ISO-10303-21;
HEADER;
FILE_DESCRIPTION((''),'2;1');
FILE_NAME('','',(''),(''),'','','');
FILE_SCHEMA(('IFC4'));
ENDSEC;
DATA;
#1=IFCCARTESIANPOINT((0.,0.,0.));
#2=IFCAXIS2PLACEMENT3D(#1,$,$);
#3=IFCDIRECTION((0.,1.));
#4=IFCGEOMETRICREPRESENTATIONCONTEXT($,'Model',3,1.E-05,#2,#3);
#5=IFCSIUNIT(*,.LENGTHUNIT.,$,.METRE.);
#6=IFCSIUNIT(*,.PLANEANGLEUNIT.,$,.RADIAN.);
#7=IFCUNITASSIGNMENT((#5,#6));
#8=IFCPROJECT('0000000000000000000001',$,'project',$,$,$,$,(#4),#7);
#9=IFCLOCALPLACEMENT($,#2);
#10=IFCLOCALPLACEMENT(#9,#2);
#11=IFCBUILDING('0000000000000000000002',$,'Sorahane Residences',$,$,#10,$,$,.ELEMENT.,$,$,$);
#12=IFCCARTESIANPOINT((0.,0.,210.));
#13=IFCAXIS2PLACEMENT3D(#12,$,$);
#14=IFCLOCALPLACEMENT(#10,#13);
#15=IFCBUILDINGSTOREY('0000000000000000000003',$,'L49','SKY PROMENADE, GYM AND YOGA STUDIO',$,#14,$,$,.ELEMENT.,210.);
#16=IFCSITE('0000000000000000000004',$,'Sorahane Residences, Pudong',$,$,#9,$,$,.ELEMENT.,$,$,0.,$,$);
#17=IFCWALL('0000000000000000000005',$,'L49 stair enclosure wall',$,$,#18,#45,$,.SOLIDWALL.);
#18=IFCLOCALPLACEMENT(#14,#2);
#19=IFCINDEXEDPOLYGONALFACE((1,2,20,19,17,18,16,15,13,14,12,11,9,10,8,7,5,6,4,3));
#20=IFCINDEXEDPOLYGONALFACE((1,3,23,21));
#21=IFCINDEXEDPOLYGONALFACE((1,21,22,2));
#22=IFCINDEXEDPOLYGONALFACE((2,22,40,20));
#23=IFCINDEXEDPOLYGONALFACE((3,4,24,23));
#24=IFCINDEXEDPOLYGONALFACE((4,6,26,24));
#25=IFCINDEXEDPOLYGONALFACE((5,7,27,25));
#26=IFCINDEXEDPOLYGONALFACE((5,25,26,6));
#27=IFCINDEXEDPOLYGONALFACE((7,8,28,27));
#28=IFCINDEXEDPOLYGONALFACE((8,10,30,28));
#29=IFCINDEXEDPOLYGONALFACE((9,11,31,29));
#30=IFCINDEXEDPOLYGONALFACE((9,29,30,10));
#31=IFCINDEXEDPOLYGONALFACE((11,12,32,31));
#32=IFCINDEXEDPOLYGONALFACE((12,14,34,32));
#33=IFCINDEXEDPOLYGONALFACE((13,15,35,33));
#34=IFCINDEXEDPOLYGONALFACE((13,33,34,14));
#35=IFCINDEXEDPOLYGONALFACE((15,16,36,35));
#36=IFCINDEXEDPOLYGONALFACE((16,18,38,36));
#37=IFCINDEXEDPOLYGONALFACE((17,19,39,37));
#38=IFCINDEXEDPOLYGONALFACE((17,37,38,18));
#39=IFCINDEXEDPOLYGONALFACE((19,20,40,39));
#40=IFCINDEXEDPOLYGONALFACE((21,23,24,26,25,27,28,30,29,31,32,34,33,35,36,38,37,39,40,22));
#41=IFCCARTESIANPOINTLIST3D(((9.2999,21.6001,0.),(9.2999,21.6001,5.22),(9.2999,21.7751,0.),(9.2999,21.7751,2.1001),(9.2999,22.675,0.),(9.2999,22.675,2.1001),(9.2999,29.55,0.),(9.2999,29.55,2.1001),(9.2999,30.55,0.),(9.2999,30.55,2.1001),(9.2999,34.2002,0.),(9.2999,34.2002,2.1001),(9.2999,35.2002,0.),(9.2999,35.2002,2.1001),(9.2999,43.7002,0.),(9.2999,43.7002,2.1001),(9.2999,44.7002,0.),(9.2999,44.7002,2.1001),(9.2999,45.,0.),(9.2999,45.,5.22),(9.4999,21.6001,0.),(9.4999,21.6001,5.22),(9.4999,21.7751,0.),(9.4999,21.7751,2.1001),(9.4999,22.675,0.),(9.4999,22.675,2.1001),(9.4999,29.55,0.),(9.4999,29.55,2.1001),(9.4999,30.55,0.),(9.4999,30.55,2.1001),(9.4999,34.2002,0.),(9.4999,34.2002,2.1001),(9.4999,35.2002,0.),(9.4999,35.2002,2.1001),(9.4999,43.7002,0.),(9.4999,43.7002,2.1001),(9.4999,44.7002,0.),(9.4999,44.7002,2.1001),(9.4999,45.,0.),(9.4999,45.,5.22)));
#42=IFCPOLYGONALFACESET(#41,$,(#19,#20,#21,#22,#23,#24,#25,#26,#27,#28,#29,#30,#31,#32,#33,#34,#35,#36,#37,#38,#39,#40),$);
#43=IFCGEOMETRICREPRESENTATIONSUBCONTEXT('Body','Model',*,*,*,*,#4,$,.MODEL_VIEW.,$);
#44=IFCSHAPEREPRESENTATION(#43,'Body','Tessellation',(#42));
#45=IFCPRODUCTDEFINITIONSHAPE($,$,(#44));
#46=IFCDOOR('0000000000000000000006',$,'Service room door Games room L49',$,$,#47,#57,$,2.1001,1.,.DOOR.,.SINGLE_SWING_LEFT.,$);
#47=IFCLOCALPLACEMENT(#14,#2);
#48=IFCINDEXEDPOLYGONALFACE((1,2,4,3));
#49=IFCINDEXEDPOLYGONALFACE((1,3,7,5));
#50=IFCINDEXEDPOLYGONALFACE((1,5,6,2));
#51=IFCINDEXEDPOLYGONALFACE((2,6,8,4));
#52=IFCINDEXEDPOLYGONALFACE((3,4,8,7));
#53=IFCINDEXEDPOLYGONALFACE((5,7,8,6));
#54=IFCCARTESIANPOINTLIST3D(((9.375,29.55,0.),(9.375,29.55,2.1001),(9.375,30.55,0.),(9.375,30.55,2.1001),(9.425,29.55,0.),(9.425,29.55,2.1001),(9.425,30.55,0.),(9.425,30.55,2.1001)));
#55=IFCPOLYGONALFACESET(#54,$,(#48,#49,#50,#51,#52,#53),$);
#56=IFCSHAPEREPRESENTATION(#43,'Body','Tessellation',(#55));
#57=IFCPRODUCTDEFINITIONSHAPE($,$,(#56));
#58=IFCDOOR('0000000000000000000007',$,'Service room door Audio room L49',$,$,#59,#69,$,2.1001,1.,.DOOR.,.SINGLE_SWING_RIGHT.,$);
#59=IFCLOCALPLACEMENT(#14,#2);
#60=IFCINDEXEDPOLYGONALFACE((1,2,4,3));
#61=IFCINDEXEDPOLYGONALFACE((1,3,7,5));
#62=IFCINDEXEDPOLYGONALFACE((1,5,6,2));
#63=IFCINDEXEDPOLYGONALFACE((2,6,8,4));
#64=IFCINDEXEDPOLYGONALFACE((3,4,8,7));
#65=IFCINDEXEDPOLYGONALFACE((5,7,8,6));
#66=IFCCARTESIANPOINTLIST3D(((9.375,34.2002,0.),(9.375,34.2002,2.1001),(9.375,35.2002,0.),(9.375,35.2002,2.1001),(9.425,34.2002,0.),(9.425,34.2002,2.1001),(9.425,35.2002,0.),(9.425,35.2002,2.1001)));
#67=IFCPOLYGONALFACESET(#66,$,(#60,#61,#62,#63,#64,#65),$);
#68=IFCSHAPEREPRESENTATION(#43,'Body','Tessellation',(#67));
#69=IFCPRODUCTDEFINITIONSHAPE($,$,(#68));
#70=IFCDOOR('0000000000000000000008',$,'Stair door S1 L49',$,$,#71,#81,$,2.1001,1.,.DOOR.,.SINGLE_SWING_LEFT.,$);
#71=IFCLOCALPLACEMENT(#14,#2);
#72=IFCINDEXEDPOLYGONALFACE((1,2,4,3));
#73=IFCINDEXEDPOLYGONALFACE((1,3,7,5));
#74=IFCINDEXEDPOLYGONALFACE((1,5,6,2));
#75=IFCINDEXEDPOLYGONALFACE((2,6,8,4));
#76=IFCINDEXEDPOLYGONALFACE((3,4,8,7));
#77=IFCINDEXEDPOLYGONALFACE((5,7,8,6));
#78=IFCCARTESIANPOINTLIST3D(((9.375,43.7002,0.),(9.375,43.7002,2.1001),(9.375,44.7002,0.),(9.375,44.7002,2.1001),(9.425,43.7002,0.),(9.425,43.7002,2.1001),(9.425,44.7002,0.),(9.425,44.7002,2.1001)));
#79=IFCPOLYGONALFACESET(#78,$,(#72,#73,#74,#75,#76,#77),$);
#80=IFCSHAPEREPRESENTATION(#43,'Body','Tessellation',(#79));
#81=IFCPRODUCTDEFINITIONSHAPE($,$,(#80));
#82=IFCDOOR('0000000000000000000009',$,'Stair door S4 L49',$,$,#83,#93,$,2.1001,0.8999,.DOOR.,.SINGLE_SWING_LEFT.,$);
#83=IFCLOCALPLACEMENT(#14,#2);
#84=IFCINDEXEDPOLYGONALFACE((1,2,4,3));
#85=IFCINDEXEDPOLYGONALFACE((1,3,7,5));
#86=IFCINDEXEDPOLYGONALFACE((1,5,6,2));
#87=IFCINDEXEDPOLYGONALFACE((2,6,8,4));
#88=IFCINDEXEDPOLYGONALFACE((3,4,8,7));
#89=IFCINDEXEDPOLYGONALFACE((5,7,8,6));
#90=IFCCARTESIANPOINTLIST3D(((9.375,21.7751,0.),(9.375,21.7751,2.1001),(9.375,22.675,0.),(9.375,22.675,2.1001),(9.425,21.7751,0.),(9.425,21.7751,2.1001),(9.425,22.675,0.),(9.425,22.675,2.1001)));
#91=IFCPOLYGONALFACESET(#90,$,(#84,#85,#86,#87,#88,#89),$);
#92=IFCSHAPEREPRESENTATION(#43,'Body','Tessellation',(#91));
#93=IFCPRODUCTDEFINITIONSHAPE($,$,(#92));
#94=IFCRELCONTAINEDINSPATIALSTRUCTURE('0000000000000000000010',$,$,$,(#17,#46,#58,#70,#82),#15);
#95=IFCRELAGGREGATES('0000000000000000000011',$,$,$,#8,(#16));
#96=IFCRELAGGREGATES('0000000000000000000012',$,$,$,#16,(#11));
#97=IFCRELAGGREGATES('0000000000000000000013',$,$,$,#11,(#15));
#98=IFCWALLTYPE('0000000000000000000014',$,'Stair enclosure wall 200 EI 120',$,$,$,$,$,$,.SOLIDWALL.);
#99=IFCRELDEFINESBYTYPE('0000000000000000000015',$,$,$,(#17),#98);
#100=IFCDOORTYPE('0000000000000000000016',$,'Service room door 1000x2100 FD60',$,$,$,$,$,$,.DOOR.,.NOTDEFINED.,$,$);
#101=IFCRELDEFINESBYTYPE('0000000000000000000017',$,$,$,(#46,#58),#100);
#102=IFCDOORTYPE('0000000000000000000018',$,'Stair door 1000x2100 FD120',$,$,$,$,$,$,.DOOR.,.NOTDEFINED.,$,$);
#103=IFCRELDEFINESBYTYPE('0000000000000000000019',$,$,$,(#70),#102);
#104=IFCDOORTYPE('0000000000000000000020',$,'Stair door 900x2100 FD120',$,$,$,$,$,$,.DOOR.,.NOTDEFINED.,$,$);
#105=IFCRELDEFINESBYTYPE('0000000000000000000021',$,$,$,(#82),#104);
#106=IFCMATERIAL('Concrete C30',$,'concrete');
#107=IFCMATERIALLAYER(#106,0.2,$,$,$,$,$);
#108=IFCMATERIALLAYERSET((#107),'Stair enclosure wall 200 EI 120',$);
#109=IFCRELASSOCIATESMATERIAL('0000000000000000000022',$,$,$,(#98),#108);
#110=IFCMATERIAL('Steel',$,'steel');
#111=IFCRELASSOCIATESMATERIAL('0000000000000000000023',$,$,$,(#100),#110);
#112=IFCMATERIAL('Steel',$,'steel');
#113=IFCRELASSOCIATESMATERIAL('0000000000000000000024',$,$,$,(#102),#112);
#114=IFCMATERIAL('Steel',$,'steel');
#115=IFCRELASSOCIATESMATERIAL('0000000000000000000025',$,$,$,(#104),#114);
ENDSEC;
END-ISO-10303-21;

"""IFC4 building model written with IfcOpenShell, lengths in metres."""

from ifc_helpers import new_model, si_unit, direction, frame, frame_2d, origin, place, context, subcontext, project, spatial, rectangle, extrude, material, layer, layer_set, type_object, element, fill, save


model = new_model("IFC4")

# Units and contexts
model_context = context("Model", 3, precision=1e-05, world=origin(), true_north=direction((0.0, 1.0)))
body_context = subcontext(model_context, "Body", "Model", "MODEL_VIEW")
ifc_project = project(units=[si_unit("LENGTHUNIT", "METRE"), si_unit("PLANEANGLEUNIT", "RADIAN")], contexts=[model_context])

# Site, building, storey
site_placement = place(None, origin())
site = spatial("IfcSite", under=ifc_project, at=site_placement, Name="Sorahane Residences, Pudong", CompositionType="ELEMENT", RefElevation=0.0)
building_placement = place(site_placement, origin())
building = spatial("IfcBuilding", under=site, at=building_placement, Name="Sorahane Residences", CompositionType="ELEMENT")
storey_placement = place(building_placement, frame((0.0, 0.0, 210.0)))
storey = spatial("IfcBuildingStorey", under=building, at=storey_placement, Name="L49", Description="SKY PROMENADE, GYM AND YOGA STUDIO", CompositionType="ELEMENT", Elevation=210.0)

# Wall, openings, doors
ifc_material_1 = material(Name="Concrete C30", Category="concrete")
ifc_layer_1 = layer(ifc_material_1, 0.2)
ifc_layer_set_1 = layer_set([ifc_layer_1], Name="Stair enclosure wall 200 EI 120")
wall_type_1 = type_object("IfcWallType", Name="Stair enclosure wall 200 EI 120", PredefinedType="SOLIDWALL", material=ifc_layer_set_1)
wall_1_placement = place(storey_placement, frame((9.3999, 21.6001, 0.0), z_axis=(0.0, 0.0, 1.0), x_axis=(0.0, 1.0, 0.0)))
wall_1 = element("IfcWall", 1, at=wall_1_placement, inside=storey, type_object=wall_type_1, Name="L49 stair enclosure wall", PredefinedType="SOLIDWALL", context=body_context, shape_type="SweptSolid", body=[
    extrude(rectangle(XDim=23.3999, YDim=0.2, at=frame_2d((11.7, 0.0))), origin(), (0.0, 0.0, 1.0), 5.22),
])
opening_1_placement = place(wall_1_placement, frame((7.95, 0.0, 0.0)))
opening_1 = element("IfcOpeningElement", 2, at=opening_1_placement, cuts=wall_1, PredefinedType="OPENING", context=body_context, shape_type="SweptSolid", body=[
    extrude(rectangle(XDim=1.0, YDim=2.1001, at=frame_2d((0.5, 1.05))), frame((0.0, 0.1099, 0.0), z_axis=(0.0, -1.0, 0.0), x_axis=(1.0, 0.0, 0.0)), (0.0, 0.0, 1.0), 0.22),
])
opening_2_placement = place(wall_1_placement, frame((12.6001, 0.0, 0.0)))
opening_2 = element("IfcOpeningElement", 3, at=opening_2_placement, cuts=wall_1, PredefinedType="OPENING", context=body_context, shape_type="SweptSolid", body=[
    extrude(rectangle(XDim=1.0, YDim=2.1001, at=frame_2d((0.5, 1.05))), frame((0.0, 0.1099, 0.0), z_axis=(0.0, -1.0, 0.0), x_axis=(1.0, 0.0, 0.0)), (0.0, 0.0, 1.0), 0.22),
])
opening_3_placement = place(wall_1_placement, frame((22.1001, 0.0, 0.0)))
opening_3 = element("IfcOpeningElement", 4, at=opening_3_placement, cuts=wall_1, PredefinedType="OPENING", context=body_context, shape_type="SweptSolid", body=[
    extrude(rectangle(XDim=1.0, YDim=2.1001, at=frame_2d((0.5, 1.05))), frame((0.0, 0.1099, 0.0), z_axis=(0.0, -1.0, 0.0), x_axis=(1.0, 0.0, 0.0)), (0.0, 0.0, 1.0), 0.22),
])
opening_4_placement = place(wall_1_placement, frame((0.175, 0.0, 0.0)))
opening_4 = element("IfcOpeningElement", 5, at=opening_4_placement, cuts=wall_1, PredefinedType="OPENING", context=body_context, shape_type="SweptSolid", body=[
    extrude(rectangle(XDim=0.8999, YDim=2.1001, at=frame_2d((0.45, 1.05))), frame((0.0, 0.1099, 0.0), z_axis=(0.0, -1.0, 0.0), x_axis=(1.0, 0.0, 0.0)), (0.0, 0.0, 1.0), 0.22),
])
ifc_material_2 = material(Name="Steel", Category="steel")
door_type_1 = type_object("IfcDoorType", Name="Service room door 1000x2100 FD60", OperationType="NOTDEFINED", PredefinedType="DOOR", material=ifc_material_2)
door_1_placement = place(opening_1_placement, origin())
door_1 = element("IfcDoor", 6, at=door_1_placement, inside=storey, type_object=door_type_1, Name="Service room door Games room L49", OperationType="SINGLE_SWING_LEFT", OverallHeight=2.1001, OverallWidth=1.0, PredefinedType="DOOR", context=body_context, shape_type="SweptSolid", body=[
    extrude(rectangle(XDim=1.0, YDim=2.1001, at=frame_2d((0.5, 1.05))), frame((0.0, 0.0249, 0.0), z_axis=(0.0, -1.0, 0.0), x_axis=(1.0, 0.0, 0.0)), (0.0, 0.0, 1.0), 0.05),
])
fill(opening_1, door_1)
door_2_placement = place(opening_2_placement, origin())
door_2 = element("IfcDoor", 7, at=door_2_placement, inside=storey, type_object=door_type_1, Name="Service room door Audio room L49", OperationType="SINGLE_SWING_RIGHT", OverallHeight=2.1001, OverallWidth=1.0, PredefinedType="DOOR", context=body_context, shape_type="SweptSolid", body=[
    extrude(rectangle(XDim=1.0, YDim=2.1001, at=frame_2d((0.5, 1.05))), frame((0.0, 0.0249, 0.0), z_axis=(0.0, -1.0, 0.0), x_axis=(1.0, 0.0, 0.0)), (0.0, 0.0, 1.0), 0.05),
])
fill(opening_2, door_2)
ifc_material_3 = material(Name="Steel", Category="steel")
door_type_2 = type_object("IfcDoorType", Name="Stair door 1000x2100 FD120", OperationType="NOTDEFINED", PredefinedType="DOOR", material=ifc_material_3)
door_3_placement = place(opening_3_placement, origin())
door_3 = element("IfcDoor", 8, at=door_3_placement, inside=storey, type_object=door_type_2, Name="Stair door S1 L49", OperationType="SINGLE_SWING_LEFT", OverallHeight=2.1001, OverallWidth=1.0, PredefinedType="DOOR", context=body_context, shape_type="SweptSolid", body=[
    extrude(rectangle(XDim=1.0, YDim=2.1001, at=frame_2d((0.5, 1.05))), frame((0.0, 0.0249, 0.0), z_axis=(0.0, -1.0, 0.0), x_axis=(1.0, 0.0, 0.0)), (0.0, 0.0, 1.0), 0.05),
])
fill(opening_3, door_3)
ifc_material_4 = material(Name="Steel", Category="steel")
door_type_3 = type_object("IfcDoorType", Name="Stair door 900x2100 FD120", OperationType="NOTDEFINED", PredefinedType="DOOR", material=ifc_material_4)
door_4_placement = place(opening_4_placement, origin())
door_4 = element("IfcDoor", 9, at=door_4_placement, inside=storey, type_object=door_type_3, Name="Stair door S4 L49", OperationType="SINGLE_SWING_LEFT", OverallHeight=2.1001, OverallWidth=0.8999, PredefinedType="DOOR", context=body_context, shape_type="SweptSolid", body=[
    extrude(rectangle(XDim=0.8999, YDim=2.1001, at=frame_2d((0.45, 1.05))), frame((0.0, 0.0249, 0.0), z_axis=(0.0, -1.0, 0.0), x_axis=(1.0, 0.0, 0.0)), (0.0, 0.0, 1.0), 0.05),
])
fill(opening_4, door_4)

save(model, "model.ifc")
